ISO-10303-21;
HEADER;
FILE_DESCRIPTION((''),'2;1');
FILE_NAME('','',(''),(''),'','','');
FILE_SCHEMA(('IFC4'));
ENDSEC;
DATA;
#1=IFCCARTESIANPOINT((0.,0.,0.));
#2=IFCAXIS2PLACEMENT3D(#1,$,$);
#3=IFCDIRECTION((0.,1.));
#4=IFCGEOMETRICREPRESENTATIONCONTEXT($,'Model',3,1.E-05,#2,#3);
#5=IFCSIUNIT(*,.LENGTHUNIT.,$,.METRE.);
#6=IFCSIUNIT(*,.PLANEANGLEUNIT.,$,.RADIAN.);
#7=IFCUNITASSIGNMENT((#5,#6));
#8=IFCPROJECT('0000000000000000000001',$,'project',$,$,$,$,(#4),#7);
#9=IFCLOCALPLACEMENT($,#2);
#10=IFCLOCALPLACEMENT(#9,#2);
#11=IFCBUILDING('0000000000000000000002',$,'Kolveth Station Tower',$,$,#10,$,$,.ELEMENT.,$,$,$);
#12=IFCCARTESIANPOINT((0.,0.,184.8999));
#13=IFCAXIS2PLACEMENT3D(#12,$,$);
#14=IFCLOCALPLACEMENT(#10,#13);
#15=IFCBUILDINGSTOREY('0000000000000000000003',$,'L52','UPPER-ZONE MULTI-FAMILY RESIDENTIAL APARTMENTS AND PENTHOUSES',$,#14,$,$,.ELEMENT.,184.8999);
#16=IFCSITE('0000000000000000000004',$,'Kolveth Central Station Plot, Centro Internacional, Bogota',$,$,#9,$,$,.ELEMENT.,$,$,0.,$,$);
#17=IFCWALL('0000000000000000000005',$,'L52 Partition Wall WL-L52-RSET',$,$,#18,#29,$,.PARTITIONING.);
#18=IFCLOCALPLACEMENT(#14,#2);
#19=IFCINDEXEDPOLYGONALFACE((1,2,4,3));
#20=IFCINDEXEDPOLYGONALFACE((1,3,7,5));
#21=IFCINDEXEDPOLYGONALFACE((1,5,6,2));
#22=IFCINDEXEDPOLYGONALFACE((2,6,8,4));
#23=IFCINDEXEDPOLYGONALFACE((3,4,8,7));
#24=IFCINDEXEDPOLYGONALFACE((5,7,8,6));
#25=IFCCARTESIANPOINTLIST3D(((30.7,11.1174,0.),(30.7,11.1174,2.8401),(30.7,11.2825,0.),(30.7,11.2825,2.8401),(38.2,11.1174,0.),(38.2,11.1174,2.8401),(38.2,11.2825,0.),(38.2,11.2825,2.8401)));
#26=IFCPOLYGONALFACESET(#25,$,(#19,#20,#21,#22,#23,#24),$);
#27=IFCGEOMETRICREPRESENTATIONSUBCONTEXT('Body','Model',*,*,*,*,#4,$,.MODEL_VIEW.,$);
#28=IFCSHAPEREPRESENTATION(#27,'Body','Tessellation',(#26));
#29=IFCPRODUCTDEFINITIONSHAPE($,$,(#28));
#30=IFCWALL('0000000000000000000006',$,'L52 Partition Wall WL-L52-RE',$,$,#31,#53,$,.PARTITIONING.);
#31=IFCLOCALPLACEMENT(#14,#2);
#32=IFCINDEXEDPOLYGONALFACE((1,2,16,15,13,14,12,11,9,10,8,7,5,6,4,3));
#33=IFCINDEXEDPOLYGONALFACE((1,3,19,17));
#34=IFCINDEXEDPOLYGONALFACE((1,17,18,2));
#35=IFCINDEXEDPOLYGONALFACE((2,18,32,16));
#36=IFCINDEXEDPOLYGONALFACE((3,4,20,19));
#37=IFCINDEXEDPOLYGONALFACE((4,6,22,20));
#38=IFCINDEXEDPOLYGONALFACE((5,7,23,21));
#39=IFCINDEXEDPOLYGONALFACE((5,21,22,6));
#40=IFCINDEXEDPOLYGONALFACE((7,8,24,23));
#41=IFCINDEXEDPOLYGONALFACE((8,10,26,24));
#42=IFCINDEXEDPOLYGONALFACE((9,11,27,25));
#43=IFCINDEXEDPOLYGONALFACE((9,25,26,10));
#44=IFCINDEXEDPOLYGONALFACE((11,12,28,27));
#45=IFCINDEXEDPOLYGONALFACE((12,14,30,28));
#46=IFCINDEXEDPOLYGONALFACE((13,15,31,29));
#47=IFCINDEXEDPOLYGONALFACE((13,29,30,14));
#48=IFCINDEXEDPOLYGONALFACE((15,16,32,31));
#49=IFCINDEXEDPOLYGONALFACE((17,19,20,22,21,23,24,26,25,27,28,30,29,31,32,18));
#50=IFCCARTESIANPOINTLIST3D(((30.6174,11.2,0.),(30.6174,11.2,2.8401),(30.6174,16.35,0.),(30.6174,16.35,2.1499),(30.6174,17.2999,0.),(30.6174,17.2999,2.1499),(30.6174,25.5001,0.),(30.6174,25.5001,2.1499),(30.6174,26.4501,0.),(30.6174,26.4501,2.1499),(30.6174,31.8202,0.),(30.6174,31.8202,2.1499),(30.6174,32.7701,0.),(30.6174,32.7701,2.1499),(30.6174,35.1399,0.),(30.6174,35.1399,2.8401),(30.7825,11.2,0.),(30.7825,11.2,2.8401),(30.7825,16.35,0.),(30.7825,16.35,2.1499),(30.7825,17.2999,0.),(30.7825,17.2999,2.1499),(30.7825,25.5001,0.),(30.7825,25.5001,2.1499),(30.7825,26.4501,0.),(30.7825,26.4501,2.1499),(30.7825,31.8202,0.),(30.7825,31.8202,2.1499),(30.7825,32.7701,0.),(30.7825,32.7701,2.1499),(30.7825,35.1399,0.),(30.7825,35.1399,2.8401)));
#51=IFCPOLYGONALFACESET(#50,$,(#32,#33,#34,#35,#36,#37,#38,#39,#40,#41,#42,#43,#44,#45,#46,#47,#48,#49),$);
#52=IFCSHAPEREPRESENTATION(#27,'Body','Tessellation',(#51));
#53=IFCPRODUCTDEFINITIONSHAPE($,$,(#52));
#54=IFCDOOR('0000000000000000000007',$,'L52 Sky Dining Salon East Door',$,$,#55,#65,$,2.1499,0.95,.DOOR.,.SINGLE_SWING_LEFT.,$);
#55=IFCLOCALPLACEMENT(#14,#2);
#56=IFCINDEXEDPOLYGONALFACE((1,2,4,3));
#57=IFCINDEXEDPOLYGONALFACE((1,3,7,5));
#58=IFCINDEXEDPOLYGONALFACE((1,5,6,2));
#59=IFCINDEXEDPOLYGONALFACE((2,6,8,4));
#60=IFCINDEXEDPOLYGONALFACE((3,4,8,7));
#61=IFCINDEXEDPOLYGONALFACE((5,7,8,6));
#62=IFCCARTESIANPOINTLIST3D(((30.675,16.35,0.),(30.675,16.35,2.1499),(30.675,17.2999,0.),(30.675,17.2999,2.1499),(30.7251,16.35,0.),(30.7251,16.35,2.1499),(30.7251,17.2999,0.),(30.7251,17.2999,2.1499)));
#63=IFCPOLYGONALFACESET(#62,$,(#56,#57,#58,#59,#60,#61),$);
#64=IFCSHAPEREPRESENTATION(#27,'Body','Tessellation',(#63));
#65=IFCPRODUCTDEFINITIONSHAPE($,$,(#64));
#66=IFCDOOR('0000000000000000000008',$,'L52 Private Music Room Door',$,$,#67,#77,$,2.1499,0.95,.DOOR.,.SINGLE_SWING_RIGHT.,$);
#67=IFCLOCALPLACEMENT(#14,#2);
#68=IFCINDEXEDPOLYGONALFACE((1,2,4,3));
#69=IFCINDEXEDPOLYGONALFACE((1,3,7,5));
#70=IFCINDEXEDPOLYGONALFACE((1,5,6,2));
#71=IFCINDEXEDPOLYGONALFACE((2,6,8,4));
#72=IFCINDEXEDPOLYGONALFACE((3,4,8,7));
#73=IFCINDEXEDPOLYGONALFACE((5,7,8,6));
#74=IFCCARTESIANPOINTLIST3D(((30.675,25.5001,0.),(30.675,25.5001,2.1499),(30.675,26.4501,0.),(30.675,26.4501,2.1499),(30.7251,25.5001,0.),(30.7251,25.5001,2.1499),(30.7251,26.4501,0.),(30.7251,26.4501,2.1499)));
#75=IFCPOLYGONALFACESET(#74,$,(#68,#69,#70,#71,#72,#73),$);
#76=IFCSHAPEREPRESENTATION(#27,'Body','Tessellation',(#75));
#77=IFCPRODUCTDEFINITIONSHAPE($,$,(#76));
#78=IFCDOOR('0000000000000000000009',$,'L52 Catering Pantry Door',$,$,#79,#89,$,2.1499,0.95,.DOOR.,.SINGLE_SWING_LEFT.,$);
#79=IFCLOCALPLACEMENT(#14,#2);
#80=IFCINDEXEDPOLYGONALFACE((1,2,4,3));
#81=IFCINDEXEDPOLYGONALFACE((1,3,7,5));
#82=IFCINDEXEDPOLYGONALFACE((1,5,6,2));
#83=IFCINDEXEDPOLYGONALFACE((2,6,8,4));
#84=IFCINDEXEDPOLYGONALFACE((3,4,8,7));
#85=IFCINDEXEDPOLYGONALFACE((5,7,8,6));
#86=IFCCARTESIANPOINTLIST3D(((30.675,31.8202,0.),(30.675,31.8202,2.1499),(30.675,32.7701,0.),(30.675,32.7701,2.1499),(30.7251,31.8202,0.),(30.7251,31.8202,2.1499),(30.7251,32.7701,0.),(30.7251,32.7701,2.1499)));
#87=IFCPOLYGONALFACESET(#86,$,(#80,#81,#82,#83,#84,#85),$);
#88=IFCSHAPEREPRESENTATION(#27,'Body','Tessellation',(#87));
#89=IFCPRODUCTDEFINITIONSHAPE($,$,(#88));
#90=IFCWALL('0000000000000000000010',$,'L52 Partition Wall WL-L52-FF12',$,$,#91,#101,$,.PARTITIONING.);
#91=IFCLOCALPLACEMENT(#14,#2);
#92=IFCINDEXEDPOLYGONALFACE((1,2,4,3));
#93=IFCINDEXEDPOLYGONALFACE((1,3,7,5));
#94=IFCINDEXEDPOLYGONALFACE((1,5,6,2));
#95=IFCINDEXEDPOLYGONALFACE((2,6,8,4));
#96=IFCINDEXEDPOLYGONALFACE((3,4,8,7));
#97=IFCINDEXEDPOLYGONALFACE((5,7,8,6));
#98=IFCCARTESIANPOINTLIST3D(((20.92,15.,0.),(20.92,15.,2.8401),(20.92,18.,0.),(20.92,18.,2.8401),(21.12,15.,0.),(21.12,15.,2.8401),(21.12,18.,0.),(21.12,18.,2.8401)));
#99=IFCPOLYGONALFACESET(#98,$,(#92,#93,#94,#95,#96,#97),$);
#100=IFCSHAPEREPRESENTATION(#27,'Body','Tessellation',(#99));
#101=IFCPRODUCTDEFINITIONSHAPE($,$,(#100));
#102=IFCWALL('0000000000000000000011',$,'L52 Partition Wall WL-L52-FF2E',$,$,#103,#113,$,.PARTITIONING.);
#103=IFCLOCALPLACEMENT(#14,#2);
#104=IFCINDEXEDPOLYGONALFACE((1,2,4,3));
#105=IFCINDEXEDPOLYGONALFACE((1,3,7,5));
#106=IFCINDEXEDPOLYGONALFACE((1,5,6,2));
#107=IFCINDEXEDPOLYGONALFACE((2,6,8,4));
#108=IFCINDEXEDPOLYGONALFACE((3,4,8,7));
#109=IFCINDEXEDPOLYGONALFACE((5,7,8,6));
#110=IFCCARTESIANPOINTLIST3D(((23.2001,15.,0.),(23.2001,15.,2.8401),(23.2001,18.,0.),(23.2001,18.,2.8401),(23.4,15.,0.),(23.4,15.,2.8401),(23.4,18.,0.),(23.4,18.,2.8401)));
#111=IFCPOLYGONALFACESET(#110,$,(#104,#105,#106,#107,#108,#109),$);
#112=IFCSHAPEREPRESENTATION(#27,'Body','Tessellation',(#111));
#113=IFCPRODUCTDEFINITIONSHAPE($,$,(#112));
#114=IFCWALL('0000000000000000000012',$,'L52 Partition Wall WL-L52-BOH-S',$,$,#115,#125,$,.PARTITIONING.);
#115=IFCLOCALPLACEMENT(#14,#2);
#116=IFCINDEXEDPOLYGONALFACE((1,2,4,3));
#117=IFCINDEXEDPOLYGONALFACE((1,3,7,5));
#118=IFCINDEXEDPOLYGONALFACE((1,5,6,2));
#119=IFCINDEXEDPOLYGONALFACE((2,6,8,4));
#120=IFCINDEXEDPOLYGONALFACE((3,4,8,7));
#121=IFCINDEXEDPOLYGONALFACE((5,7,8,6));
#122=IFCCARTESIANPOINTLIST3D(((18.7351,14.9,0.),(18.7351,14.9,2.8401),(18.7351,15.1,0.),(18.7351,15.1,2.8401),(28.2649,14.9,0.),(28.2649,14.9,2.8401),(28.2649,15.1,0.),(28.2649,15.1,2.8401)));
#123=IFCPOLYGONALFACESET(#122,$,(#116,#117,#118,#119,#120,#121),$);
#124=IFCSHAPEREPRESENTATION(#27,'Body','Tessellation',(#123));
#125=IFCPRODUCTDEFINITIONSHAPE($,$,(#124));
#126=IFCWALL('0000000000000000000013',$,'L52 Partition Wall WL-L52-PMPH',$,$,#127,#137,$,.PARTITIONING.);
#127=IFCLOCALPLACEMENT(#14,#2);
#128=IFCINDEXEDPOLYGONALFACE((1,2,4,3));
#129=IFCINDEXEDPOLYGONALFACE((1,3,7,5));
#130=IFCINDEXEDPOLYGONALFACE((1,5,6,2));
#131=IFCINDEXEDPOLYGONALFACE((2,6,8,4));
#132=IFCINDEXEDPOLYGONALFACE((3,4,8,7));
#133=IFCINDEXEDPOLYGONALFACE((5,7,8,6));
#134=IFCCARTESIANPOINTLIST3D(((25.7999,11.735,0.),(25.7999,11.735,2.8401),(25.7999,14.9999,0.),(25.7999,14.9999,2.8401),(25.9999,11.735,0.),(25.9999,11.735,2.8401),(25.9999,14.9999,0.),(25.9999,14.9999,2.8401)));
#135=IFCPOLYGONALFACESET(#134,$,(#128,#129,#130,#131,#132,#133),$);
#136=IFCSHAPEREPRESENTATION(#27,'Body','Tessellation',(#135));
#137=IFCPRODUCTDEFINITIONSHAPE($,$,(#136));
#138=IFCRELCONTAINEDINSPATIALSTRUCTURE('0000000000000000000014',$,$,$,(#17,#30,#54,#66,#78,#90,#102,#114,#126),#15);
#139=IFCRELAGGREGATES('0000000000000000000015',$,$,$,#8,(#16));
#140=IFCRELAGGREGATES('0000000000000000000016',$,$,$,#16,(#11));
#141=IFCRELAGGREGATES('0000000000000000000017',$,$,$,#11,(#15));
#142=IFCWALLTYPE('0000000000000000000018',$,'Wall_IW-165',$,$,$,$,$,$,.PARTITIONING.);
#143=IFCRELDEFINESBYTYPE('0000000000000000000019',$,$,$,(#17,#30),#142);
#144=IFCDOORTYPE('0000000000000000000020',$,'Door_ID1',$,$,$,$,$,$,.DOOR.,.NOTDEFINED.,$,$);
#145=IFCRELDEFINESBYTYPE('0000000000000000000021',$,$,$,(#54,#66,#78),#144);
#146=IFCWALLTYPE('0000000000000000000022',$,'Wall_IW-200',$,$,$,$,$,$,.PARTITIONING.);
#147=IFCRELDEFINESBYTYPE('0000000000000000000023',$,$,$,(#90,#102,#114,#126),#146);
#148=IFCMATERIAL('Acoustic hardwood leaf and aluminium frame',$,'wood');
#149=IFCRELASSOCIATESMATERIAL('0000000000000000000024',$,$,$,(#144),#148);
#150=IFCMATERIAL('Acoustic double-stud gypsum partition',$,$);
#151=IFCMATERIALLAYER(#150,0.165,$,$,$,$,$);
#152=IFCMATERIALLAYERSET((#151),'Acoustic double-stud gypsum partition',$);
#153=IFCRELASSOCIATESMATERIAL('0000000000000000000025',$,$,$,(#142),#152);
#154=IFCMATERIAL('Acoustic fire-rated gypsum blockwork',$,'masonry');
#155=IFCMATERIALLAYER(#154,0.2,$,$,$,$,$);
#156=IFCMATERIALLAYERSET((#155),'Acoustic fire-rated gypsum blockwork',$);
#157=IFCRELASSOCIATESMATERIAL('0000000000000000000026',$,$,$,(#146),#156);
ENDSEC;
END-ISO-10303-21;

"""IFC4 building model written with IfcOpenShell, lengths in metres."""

from ifc_helpers import new_model, si_unit, direction, frame, frame_2d, origin, place, context, subcontext, project, spatial, rectangle, extrude, material, layer, layer_set, type_object, element, fill, save


model = new_model("IFC4")

# Units and contexts
model_context = context("Model", 3, precision=1e-05, world=origin(), true_north=direction((0.0, 1.0)))
body_context = subcontext(model_context, "Body", "Model", "MODEL_VIEW")
ifc_project = project(units=[si_unit("LENGTHUNIT", "METRE"), si_unit("PLANEANGLEUNIT", "RADIAN")], contexts=[model_context])

# Site, building, storey
site_placement = place(None, origin())
site = spatial("IfcSite", under=ifc_project, at=site_placement, Name="Kolveth Central Station Plot, Centro Internacional, Bogota", CompositionType="ELEMENT", RefElevation=0.0)
building_placement = place(site_placement, origin())
building = spatial("IfcBuilding", under=site, at=building_placement, Name="Kolveth Station Tower", CompositionType="ELEMENT")
storey_placement = place(building_placement, frame((0.0, 0.0, 184.8999)))
storey = spatial("IfcBuildingStorey", under=building, at=storey_placement, Name="L52", Description="UPPER-ZONE MULTI-FAMILY RESIDENTIAL APARTMENTS AND PENTHOUSES", CompositionType="ELEMENT", Elevation=184.8999)

# Shared definitions
ifc_material_1 = material(Name="Acoustic hardwood leaf and aluminium frame", Category="wood")
door_type_1 = type_object("IfcDoorType", Name="Door_ID1", OperationType="NOTDEFINED", PredefinedType="DOOR", material=ifc_material_1)

# Wall
ifc_material_2 = material(Name="Acoustic double-stud gypsum partition")
ifc_layer_1 = layer(ifc_material_2, 0.165)
ifc_layer_set_1 = layer_set([ifc_layer_1], Name="Acoustic double-stud gypsum partition")
wall_type_1 = type_object("IfcWallType", Name="Wall_IW-165", PredefinedType="PARTITIONING", material=ifc_layer_set_1)
wall_1_placement = place(storey_placement, frame((30.7, 11.2, 0.0), z_axis=(0.0, 0.0, 1.0), x_axis=(1.0, 0.0, 0.0)))
element("IfcWall", 1, at=wall_1_placement, inside=storey, type_object=wall_type_1, Name="L52 Partition Wall WL-L52-RSET", PredefinedType="PARTITIONING", context=body_context, shape_type="SweptSolid", body=[
    extrude(rectangle(XDim=7.5, YDim=0.165, at=frame_2d((3.75, 0.0))), origin(), (0.0, 0.0, 1.0), 2.8401),
])

# Wall, openings, doors
wall_2_placement = place(storey_placement, frame((30.7, 11.2, 0.0), z_axis=(0.0, 0.0, 1.0), x_axis=(0.0, 1.0, 0.0)))
wall_2 = element("IfcWall", 2, at=wall_2_placement, inside=storey, type_object=wall_type_1, Name="L52 Partition Wall WL-L52-RE", PredefinedType="PARTITIONING", context=body_context, shape_type="SweptSolid", body=[
    extrude(rectangle(XDim=23.9399, YDim=0.165, at=frame_2d((11.97, 0.0))), origin(), (0.0, 0.0, 1.0), 2.8401),
])
opening_1_placement = place(wall_2_placement, frame((5.1499, 0.0, 0.0)))
opening_1 = element("IfcOpeningElement", 3, at=opening_1_placement, cuts=wall_2, PredefinedType="OPENING", context=body_context, shape_type="SweptSolid", body=[
    extrude(rectangle(XDim=0.95, YDim=2.1499, at=frame_2d((0.4751, 1.075))), frame((0.0, 0.0925, 0.0), z_axis=(0.0, -1.0, 0.0), x_axis=(1.0, 0.0, 0.0)), (0.0, 0.0, 1.0), 0.1851),
])
opening_2_placement = place(wall_2_placement, frame((14.3, 0.0, 0.0)))
opening_2 = element("IfcOpeningElement", 4, at=opening_2_placement, cuts=wall_2, PredefinedType="OPENING", context=body_context, shape_type="SweptSolid", body=[
    extrude(rectangle(XDim=0.95, YDim=2.1499, at=frame_2d((0.4751, 1.075))), frame((0.0, 0.0925, 0.0), z_axis=(0.0, -1.0, 0.0), x_axis=(1.0, 0.0, 0.0)), (0.0, 0.0, 1.0), 0.1851),
])
opening_3_placement = place(wall_2_placement, frame((20.6201, 0.0, 0.0)))
opening_3 = element("IfcOpeningElement", 5, at=opening_3_placement, cuts=wall_2, PredefinedType="OPENING", context=body_context, shape_type="SweptSolid", body=[
    extrude(rectangle(XDim=0.95, YDim=2.1499, at=frame_2d((0.4751, 1.075))), frame((0.0, 0.0925, 0.0), z_axis=(0.0, -1.0, 0.0), x_axis=(1.0, 0.0, 0.0)), (0.0, 0.0, 1.0), 0.1851),
])
door_1_placement = place(opening_1_placement, origin())
door_1 = element("IfcDoor", 6, at=door_1_placement, inside=storey, type_object=door_type_1, Name="L52 Sky Dining Salon East Door", OperationType="SINGLE_SWING_LEFT", OverallHeight=2.1499, OverallWidth=0.95, PredefinedType="DOOR", context=body_context, shape_type="SweptSolid", body=[
    extrude(rectangle(XDim=0.95, YDim=2.1499, at=frame_2d((0.4751, 1.075))), frame((0.0, 0.0249, 0.0), z_axis=(0.0, -1.0, 0.0), x_axis=(1.0, 0.0, 0.0)), (0.0, 0.0, 1.0), 0.05),
])
fill(opening_1, door_1)
door_2_placement = place(opening_2_placement, origin())
door_2 = element("IfcDoor", 7, at=door_2_placement, inside=storey, type_object=door_type_1, Name="L52 Private Music Room Door", OperationType="SINGLE_SWING_RIGHT", OverallHeight=2.1499, OverallWidth=0.95, PredefinedType="DOOR", context=body_context, shape_type="SweptSolid", body=[
    extrude(rectangle(XDim=0.95, YDim=2.1499, at=frame_2d((0.4751, 1.075))), frame((0.0, 0.0249, 0.0), z_axis=(0.0, -1.0, 0.0), x_axis=(1.0, 0.0, 0.0)), (0.0, 0.0, 1.0), 0.05),
])
fill(opening_2, door_2)
door_3_placement = place(opening_3_placement, origin())
door_3 = element("IfcDoor", 8, at=door_3_placement, inside=storey, type_object=door_type_1, Name="L52 Catering Pantry Door", OperationType="SINGLE_SWING_LEFT", OverallHeight=2.1499, OverallWidth=0.95, PredefinedType="DOOR", context=body_context, shape_type="SweptSolid", body=[
    extrude(rectangle(XDim=0.95, YDim=2.1499, at=frame_2d((0.4751, 1.075))), frame((0.0, 0.0249, 0.0), z_axis=(0.0, -1.0, 0.0), x_axis=(1.0, 0.0, 0.0)), (0.0, 0.0, 1.0), 0.05),
])
fill(opening_3, door_3)

# Walls
ifc_material_3 = material(Name="Acoustic fire-rated gypsum blockwork", Category="masonry")
ifc_layer_2 = layer(ifc_material_3, 0.2)
ifc_layer_set_2 = layer_set([ifc_layer_2], Name="Acoustic fire-rated gypsum blockwork")
wall_type_2 = type_object("IfcWallType", Name="Wall_IW-200", PredefinedType="PARTITIONING", material=ifc_layer_set_2)
for number, where, z_axis, x_axis, name in (
    (9, (21.02, 15.0, 0.0), (0.0, 0.0, 1.0), (0.0, 1.0, 0.0), "L52 Partition Wall WL-L52-FF12"),
    (10, (23.3, 15.0, 0.0), (0.0, 0.0, 1.0), (0.0, 1.0, 0.0), "L52 Partition Wall WL-L52-FF2E"),
):
    element("IfcWall", number, at=place(storey_placement, frame(where, z_axis=z_axis, x_axis=x_axis)), inside=storey, type_object=wall_type_2, Name=name, PredefinedType="PARTITIONING", context=body_context, shape_type="SweptSolid", body=[
        extrude(rectangle(XDim=3.0, YDim=0.2, at=frame_2d((1.5, 0.0))), origin(), (0.0, 0.0, 1.0), 2.8401),
    ])
wall_3_placement = place(storey_placement, frame((18.7351, 15.0, 0.0), z_axis=(0.0, 0.0, 1.0), x_axis=(1.0, 0.0, 0.0)))
element("IfcWall", 11, at=wall_3_placement, inside=storey, type_object=wall_type_2, Name="L52 Partition Wall WL-L52-BOH-S", PredefinedType="PARTITIONING", context=body_context, shape_type="SweptSolid", body=[
    extrude(rectangle(XDim=9.5298, YDim=0.2, at=frame_2d((4.7649, 0.0))), origin(), (0.0, 0.0, 1.0), 2.8401),
])
wall_4_placement = place(storey_placement, frame((25.8999, 11.7351, 0.0), z_axis=(0.0, 0.0, 1.0), x_axis=(0.0, 1.0, 0.0)))
element("IfcWall", 12, at=wall_4_placement, inside=storey, type_object=wall_type_2, Name="L52 Partition Wall WL-L52-PMPH", PredefinedType="PARTITIONING", context=body_context, shape_type="SweptSolid", body=[
    extrude(rectangle(XDim=3.2649, YDim=0.2, at=frame_2d((1.6323, 0.0))), origin(), (0.0, 0.0, 1.0), 2.8401),
])

save(model, "model.ifc")
